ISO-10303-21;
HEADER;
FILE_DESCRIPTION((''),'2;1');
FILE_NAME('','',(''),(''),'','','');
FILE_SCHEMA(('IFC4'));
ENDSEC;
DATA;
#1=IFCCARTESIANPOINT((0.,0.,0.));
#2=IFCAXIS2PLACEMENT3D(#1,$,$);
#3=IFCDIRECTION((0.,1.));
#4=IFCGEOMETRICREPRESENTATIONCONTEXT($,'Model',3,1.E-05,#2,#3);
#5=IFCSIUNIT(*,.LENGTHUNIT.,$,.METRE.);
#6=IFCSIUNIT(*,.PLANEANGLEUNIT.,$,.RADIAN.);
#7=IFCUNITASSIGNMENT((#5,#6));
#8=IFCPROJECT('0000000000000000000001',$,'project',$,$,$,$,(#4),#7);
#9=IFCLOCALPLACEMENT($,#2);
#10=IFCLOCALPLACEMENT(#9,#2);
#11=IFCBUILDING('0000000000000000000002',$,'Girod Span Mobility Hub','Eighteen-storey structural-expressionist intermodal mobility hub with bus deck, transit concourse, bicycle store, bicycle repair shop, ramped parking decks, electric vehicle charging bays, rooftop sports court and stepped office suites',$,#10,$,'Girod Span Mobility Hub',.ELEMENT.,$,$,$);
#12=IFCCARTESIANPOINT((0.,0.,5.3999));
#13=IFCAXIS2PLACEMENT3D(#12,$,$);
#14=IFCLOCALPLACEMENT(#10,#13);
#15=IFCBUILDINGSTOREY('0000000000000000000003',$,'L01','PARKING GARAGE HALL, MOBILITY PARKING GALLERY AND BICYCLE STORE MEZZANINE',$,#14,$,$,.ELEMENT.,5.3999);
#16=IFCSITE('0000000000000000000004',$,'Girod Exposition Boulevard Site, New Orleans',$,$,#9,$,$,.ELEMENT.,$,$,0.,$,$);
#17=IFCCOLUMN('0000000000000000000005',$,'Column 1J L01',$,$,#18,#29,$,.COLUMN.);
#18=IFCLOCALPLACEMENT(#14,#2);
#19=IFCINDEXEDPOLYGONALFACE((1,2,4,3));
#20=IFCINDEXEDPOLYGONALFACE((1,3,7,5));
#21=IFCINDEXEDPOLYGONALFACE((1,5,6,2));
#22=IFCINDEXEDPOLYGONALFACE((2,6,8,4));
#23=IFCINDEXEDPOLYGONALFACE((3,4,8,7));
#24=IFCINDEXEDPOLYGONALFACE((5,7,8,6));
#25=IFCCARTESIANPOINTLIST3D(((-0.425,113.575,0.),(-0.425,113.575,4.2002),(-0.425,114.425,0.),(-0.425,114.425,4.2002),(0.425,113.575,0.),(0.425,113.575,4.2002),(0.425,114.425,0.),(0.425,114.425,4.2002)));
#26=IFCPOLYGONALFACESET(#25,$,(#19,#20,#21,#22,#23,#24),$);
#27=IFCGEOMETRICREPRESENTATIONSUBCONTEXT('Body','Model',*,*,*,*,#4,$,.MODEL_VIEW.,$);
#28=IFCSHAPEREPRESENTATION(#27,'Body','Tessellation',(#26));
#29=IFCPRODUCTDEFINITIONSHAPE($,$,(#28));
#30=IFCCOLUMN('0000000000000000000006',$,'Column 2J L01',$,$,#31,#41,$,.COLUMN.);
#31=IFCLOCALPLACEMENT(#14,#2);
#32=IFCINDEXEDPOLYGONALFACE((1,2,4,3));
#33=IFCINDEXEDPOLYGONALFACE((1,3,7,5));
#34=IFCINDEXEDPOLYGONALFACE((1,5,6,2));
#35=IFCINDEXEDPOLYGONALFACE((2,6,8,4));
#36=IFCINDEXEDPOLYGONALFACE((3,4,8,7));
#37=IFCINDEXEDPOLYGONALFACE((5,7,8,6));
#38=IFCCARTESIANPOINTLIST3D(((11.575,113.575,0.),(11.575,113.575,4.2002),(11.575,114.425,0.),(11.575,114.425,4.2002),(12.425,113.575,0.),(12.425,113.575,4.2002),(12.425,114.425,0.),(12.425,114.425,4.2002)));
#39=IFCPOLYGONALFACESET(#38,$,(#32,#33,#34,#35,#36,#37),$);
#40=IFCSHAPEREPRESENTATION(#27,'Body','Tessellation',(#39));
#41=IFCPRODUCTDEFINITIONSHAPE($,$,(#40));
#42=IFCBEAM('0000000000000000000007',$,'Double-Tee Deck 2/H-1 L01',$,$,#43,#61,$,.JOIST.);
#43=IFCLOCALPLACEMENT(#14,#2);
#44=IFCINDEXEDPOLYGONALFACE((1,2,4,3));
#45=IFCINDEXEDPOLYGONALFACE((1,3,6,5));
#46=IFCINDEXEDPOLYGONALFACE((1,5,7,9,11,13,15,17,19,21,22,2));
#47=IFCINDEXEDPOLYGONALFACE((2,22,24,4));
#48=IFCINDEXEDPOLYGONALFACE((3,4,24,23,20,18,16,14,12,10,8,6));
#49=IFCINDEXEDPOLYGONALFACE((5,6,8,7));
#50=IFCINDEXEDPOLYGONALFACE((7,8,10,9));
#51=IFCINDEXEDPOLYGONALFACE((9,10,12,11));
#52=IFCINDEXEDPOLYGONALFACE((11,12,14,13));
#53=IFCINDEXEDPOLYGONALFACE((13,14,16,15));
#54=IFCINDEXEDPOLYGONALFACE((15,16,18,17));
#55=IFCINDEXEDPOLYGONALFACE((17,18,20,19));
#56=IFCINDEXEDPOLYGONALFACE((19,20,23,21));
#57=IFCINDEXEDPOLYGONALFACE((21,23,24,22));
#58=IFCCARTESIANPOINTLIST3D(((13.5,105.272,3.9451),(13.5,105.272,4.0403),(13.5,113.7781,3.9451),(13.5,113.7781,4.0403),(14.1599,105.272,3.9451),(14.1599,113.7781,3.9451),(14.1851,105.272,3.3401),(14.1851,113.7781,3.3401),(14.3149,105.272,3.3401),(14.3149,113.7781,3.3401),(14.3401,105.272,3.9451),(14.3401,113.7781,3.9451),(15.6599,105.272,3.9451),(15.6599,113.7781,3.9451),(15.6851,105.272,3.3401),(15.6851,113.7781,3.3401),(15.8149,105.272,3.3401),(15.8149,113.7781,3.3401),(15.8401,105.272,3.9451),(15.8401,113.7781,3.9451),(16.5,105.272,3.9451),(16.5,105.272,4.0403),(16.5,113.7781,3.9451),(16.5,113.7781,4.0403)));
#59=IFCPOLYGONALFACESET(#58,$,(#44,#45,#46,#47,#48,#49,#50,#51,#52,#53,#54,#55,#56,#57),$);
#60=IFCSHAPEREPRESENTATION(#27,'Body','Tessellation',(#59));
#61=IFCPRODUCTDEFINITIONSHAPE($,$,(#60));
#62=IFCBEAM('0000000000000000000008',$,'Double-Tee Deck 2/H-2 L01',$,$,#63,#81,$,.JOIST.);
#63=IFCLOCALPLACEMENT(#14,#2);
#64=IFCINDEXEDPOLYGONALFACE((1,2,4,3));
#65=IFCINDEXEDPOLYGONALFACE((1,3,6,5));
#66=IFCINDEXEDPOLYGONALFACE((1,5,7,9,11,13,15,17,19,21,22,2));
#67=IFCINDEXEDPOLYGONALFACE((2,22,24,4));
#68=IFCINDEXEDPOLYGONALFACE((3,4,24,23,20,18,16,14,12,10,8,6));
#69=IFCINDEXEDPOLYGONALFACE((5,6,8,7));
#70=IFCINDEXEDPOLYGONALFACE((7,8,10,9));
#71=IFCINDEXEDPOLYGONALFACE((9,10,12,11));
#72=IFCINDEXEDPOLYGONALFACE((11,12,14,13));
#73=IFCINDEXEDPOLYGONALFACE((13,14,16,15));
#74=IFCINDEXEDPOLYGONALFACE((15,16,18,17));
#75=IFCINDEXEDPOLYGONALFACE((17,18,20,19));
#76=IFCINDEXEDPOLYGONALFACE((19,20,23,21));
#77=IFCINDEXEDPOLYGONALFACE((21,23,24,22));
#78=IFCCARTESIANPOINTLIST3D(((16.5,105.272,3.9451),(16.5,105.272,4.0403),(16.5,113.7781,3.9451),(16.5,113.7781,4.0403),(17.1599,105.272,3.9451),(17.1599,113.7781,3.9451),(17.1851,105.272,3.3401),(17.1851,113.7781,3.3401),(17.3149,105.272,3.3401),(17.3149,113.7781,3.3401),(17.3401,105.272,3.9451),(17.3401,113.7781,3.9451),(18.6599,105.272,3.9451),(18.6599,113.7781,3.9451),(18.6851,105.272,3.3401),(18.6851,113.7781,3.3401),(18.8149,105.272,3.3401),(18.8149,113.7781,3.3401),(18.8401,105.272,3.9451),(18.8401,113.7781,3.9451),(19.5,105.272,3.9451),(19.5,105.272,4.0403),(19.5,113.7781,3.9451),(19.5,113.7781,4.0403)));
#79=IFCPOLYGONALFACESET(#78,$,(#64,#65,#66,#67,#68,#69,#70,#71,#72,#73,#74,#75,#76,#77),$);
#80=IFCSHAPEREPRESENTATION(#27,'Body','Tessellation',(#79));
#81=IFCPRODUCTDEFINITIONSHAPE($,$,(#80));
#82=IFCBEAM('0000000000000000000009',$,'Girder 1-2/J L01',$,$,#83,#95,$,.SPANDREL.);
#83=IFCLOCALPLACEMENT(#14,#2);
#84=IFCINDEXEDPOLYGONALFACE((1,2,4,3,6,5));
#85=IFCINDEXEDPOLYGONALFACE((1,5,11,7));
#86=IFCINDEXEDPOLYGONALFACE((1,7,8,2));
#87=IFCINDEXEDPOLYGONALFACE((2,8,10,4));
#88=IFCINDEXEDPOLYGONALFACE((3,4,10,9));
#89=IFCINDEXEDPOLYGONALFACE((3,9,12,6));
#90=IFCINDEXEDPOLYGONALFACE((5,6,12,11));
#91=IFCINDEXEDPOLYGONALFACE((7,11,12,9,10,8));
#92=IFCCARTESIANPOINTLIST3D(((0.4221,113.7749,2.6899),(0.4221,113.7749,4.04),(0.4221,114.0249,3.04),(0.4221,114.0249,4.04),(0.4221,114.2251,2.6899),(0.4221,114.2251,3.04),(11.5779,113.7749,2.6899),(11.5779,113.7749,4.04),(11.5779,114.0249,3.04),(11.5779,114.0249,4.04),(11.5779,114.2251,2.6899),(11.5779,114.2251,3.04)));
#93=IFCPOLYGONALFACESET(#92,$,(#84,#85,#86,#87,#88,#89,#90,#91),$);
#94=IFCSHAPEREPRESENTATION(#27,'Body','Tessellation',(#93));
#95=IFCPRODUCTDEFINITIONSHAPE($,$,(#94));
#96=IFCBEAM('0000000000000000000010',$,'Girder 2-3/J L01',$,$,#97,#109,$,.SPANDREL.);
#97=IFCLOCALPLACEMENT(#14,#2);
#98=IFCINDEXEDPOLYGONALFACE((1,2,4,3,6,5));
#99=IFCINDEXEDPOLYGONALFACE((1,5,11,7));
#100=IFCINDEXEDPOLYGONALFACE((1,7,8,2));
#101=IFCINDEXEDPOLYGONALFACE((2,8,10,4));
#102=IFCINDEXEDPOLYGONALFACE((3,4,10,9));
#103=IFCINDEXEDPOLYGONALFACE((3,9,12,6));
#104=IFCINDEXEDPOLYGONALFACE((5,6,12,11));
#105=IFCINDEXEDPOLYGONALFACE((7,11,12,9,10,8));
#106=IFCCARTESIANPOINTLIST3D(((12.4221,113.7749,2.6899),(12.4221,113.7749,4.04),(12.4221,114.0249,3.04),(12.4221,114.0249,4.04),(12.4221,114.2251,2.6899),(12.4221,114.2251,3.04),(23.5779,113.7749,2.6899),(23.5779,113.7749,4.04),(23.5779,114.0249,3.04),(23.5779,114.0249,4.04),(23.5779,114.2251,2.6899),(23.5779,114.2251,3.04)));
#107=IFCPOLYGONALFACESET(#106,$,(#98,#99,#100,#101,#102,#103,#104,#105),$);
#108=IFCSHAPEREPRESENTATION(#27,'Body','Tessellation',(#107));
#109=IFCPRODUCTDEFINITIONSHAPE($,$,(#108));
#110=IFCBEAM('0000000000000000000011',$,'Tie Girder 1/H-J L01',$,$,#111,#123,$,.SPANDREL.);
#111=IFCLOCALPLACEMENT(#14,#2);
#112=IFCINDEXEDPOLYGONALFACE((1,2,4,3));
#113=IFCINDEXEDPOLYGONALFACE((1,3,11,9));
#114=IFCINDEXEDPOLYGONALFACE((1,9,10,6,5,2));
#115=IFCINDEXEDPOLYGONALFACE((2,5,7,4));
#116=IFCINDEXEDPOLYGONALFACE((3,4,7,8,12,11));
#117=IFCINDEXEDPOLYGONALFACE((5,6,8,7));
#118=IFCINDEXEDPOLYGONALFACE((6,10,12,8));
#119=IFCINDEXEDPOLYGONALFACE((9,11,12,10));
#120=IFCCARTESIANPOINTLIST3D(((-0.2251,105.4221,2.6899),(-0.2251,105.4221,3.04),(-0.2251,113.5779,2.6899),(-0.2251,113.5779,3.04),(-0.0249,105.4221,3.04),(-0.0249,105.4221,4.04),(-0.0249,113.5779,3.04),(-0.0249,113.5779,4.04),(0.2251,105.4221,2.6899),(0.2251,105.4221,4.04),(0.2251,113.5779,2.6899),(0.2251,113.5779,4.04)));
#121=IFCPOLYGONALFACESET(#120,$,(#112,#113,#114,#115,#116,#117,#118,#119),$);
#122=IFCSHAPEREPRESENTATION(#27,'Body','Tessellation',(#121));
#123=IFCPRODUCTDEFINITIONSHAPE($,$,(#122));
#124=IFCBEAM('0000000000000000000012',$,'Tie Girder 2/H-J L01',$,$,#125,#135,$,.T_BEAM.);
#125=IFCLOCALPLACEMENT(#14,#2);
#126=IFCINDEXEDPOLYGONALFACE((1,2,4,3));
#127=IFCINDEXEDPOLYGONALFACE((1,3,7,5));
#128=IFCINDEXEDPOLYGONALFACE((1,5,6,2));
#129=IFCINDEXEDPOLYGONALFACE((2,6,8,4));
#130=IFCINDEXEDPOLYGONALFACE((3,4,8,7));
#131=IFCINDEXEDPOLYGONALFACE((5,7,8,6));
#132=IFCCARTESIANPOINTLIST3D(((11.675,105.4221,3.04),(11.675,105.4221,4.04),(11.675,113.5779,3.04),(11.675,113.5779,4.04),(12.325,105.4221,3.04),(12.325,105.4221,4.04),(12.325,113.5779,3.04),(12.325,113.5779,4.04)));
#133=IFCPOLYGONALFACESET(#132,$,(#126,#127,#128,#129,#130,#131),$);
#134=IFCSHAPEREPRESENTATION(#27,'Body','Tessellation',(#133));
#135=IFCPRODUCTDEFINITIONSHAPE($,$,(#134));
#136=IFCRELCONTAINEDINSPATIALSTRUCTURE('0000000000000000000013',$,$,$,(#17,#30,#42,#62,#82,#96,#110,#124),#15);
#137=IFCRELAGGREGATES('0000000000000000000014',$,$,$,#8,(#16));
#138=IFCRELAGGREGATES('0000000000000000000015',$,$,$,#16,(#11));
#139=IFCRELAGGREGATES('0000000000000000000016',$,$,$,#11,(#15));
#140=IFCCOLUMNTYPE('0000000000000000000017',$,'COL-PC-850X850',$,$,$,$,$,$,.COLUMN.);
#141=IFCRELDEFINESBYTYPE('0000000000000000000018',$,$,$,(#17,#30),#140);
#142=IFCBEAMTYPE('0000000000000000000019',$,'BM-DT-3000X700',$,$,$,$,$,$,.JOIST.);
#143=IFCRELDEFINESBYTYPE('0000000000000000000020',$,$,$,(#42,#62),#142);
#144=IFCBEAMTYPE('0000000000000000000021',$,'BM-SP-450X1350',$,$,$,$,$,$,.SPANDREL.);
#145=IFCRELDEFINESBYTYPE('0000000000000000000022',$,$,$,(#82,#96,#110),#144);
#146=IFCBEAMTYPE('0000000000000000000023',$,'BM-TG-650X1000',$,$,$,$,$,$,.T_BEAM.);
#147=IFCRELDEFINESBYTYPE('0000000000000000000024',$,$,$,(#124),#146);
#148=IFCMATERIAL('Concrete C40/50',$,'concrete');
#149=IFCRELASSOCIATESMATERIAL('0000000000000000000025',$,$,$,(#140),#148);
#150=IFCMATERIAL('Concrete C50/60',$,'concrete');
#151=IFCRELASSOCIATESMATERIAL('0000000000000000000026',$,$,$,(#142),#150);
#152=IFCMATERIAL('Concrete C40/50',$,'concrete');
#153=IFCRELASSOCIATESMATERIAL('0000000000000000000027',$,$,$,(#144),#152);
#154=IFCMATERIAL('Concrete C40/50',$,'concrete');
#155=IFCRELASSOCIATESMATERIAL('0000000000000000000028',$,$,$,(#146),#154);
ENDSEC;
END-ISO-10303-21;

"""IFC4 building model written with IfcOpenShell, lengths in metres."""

from ifc_helpers import new_model, si_unit, direction, frame, origin, origin_2d, place, context, subcontext, project, spatial, polyline, rectangle, outline, extrude, material, material_profile, profile_set, type_object, element, save


model = new_model("IFC4")

# Units and contexts
model_context = context("Model", 3, precision=1e-05, world=origin(), true_north=direction((0.0, 1.0)))
body_context = subcontext(model_context, "Body", "Model", "MODEL_VIEW")
ifc_project = project(units=[si_unit("LENGTHUNIT", "METRE"), si_unit("PLANEANGLEUNIT", "RADIAN")], contexts=[model_context])

# Site, building, storey
site_placement = place(None, origin())
site = spatial("IfcSite", under=ifc_project, at=site_placement, Name="Girod Exposition Boulevard Site, New Orleans", CompositionType="ELEMENT", RefElevation=0.0)
building_placement = place(site_placement, origin())
building = spatial("IfcBuilding", under=site, at=building_placement, Name="Girod Span Mobility Hub", Description="Eighteen-storey structural-expressionist intermodal mobility hub with bus deck, transit concourse, bicycle store, bicycle repair shop, ramped parking decks, electric vehicle charging bays, rooftop sports court and stepped office suites", LongName="Girod Span Mobility Hub", CompositionType="ELEMENT")
storey_placement = place(building_placement, frame((0.0, 0.0, 5.3999)))
storey = spatial("IfcBuildingStorey", under=building, at=storey_placement, Name="L01", Description="PARKING GARAGE HALL, MOBILITY PARKING GALLERY AND BICYCLE STORE MEZZANINE", CompositionType="ELEMENT", Elevation=5.3999)

# Columns
ifc_material_1 = material(Name="Concrete C40/50", Category="concrete")
ifc_material_profile_1 = material_profile(ifc_material_1, rectangle(XDim=0.8501, YDim=0.8501, at=origin_2d()), Name="PC-COL-850X850")
ifc_profile_set_1 = profile_set([ifc_material_profile_1], Name="Concrete C40/50")
column_type = type_object("IfcColumnType", Name="COL-PC-850X850", PredefinedType="COLUMN", material=ifc_profile_set_1)
for number, where, z_axis, x_axis, name in (
    (1, (0.0, 114.0, 0.0), (0.0, 0.0, 1.0), (1.0, 0.0, 0.0), "Column 1J L01"),
    (2, (12.0, 114.0, 0.0), (0.0, 0.0, 1.0), (1.0, 0.0, 0.0), "Column 2J L01"),
):
    element("IfcColumn", number, at=place(storey_placement, frame(where, z_axis=z_axis, x_axis=x_axis)), inside=storey, type_object=column_type, Name=name, PredefinedType="COLUMN", context=body_context, shape_type="SweptSolid", body=[
        extrude(rectangle(XDim=0.8501, YDim=0.8501, at=origin_2d()), origin(), (0.0, 0.0, 1.0), 4.2002),
    ])

# Beams
ifc_material_2 = material(Name="Concrete C50/60", Category="concrete")
ifc_material_profile_2 = material_profile(ifc_material_2, outline(polyline([(-1.5, 0.3501), (-1.5, 0.2549), (-0.8401, 0.2549), (-0.8149, -0.3501), (-0.6851, -0.3501), (-0.6599, 0.2549), (0.6599, 0.2549), (0.6851, -0.3501), (0.8149, -0.3501), (0.8401, 0.2549), (1.5, 0.2549), (1.5, 0.3501), (-1.5, 0.3501)])), Name="DT-3000X700")
ifc_profile_set_2 = profile_set([ifc_material_profile_2], Name="Concrete C50/60")
beam_type_1 = type_object("IfcBeamType", Name="BM-DT-3000X700", PredefinedType="JOIST", material=ifc_profile_set_2)
for number, where, z_axis, x_axis, name in (
    (3, (15.0, 105.272, 3.6902), (0.0, 1.0, 0.0), (-1.0, 0.0, 0.0), "Double-Tee Deck 2/H-1 L01"),
    (4, (18.0, 105.272, 3.6902), (0.0, 1.0, 0.0), (-1.0, 0.0, 0.0), "Double-Tee Deck 2/H-2 L01"),
):
    element("IfcBeam", number, at=place(storey_placement, frame(where, z_axis=z_axis, x_axis=x_axis)), inside=storey, type_object=beam_type_1, Name=name, PredefinedType="JOIST", context=body_context, shape_type="SweptSolid", body=[
        extrude(outline(polyline([(-1.5, 0.3501), (-1.5, 0.2549), (-0.8401, 0.2549), (-0.8149, -0.3501), (-0.6851, -0.3501), (-0.6599, 0.2549), (0.6599, 0.2549), (0.6851, -0.3501), (0.8149, -0.3501), (0.8401, 0.2549), (1.5, 0.2549), (1.5, 0.3501), (-1.5, 0.3501)])), origin(), (0.0, 0.0, 1.0), 8.5061),
    ])
ifc_material_3 = material(Name="Concrete C40/50", Category="concrete")
ifc_material_profile_3 = material_profile(ifc_material_3, outline(polyline([(-0.2251, -0.675), (0.2251, -0.675), (0.2251, -0.325), (0.0249, -0.325), (0.0249, 0.675), (-0.2251, 0.675), (-0.2251, -0.675)])), Name="SP-450X1350")
ifc_profile_set_3 = profile_set([ifc_material_profile_3], Name="Concrete C40/50")
beam_type_2 = type_object("IfcBeamType", Name="BM-SP-450X1350", PredefinedType="SPANDREL", material=ifc_profile_set_3)
for number, where, z_axis, x_axis, name in (
    (5, (0.4221, 114.0, 3.365), (1.0, 0.0, 0.0), (0.0, 1.0, 0.0), "Girder 1-2/J L01"),
    (6, (12.4221, 114.0, 3.365), (1.0, 0.0, 0.0), (0.0, 1.0, 0.0), "Girder 2-3/J L01"),
):
    element("IfcBeam", number, at=place(storey_placement, frame(where, z_axis=z_axis, x_axis=x_axis)), inside=storey, type_object=beam_type_2, Name=name, PredefinedType="SPANDREL", context=body_context, shape_type="SweptSolid", body=[
        extrude(outline(polyline([(-0.2251, -0.675), (0.2251, -0.675), (0.2251, -0.325), (0.0249, -0.325), (0.0249, 0.675), (-0.2251, 0.675), (-0.2251, -0.675)])), origin(), (0.0, 0.0, 1.0), 11.1558),
    ])
beam_1_placement = place(storey_placement, frame((0.0, 105.4221, 3.365), z_axis=(0.0, 1.0, 0.0), x_axis=(-1.0, 0.0, 0.0)))
element("IfcBeam", 7, at=beam_1_placement, inside=storey, type_object=beam_type_2, Name="Tie Girder 1/H-J L01", PredefinedType="SPANDREL", context=body_context, shape_type="SweptSolid", body=[
    extrude(outline(polyline([(-0.2251, -0.675), (0.2251, -0.675), (0.2251, -0.325), (0.0249, -0.325), (0.0249, 0.675), (-0.2251, 0.675), (-0.2251, -0.675)])), origin(), (0.0, 0.0, 1.0), 8.1558),
])
ifc_material_4 = material(Name="Concrete C40/50", Category="concrete")
ifc_material_profile_4 = material_profile(ifc_material_4, rectangle(XDim=0.6499, YDim=1.0, at=origin_2d()), Name="TG-650X1000")
ifc_profile_set_4 = profile_set([ifc_material_profile_4], Name="Concrete C40/50")
beam_type_3 = type_object("IfcBeamType", Name="BM-TG-650X1000", PredefinedType="T_BEAM", material=ifc_profile_set_4)
beam_2_placement = place(storey_placement, frame((12.0, 105.4221, 3.54), z_axis=(0.0, 1.0, 0.0), x_axis=(-1.0, 0.0, 0.0)))
element("IfcBeam", 8, at=beam_2_placement, inside=storey, type_object=beam_type_3, Name="Tie Girder 2/H-J L01", PredefinedType="T_BEAM", context=body_context, shape_type="SweptSolid", body=[
    extrude(rectangle(XDim=0.6499, YDim=1.0, at=origin_2d()), origin(), (0.0, 0.0, 1.0), 8.1558),
])

save(model, "model.ifc")
